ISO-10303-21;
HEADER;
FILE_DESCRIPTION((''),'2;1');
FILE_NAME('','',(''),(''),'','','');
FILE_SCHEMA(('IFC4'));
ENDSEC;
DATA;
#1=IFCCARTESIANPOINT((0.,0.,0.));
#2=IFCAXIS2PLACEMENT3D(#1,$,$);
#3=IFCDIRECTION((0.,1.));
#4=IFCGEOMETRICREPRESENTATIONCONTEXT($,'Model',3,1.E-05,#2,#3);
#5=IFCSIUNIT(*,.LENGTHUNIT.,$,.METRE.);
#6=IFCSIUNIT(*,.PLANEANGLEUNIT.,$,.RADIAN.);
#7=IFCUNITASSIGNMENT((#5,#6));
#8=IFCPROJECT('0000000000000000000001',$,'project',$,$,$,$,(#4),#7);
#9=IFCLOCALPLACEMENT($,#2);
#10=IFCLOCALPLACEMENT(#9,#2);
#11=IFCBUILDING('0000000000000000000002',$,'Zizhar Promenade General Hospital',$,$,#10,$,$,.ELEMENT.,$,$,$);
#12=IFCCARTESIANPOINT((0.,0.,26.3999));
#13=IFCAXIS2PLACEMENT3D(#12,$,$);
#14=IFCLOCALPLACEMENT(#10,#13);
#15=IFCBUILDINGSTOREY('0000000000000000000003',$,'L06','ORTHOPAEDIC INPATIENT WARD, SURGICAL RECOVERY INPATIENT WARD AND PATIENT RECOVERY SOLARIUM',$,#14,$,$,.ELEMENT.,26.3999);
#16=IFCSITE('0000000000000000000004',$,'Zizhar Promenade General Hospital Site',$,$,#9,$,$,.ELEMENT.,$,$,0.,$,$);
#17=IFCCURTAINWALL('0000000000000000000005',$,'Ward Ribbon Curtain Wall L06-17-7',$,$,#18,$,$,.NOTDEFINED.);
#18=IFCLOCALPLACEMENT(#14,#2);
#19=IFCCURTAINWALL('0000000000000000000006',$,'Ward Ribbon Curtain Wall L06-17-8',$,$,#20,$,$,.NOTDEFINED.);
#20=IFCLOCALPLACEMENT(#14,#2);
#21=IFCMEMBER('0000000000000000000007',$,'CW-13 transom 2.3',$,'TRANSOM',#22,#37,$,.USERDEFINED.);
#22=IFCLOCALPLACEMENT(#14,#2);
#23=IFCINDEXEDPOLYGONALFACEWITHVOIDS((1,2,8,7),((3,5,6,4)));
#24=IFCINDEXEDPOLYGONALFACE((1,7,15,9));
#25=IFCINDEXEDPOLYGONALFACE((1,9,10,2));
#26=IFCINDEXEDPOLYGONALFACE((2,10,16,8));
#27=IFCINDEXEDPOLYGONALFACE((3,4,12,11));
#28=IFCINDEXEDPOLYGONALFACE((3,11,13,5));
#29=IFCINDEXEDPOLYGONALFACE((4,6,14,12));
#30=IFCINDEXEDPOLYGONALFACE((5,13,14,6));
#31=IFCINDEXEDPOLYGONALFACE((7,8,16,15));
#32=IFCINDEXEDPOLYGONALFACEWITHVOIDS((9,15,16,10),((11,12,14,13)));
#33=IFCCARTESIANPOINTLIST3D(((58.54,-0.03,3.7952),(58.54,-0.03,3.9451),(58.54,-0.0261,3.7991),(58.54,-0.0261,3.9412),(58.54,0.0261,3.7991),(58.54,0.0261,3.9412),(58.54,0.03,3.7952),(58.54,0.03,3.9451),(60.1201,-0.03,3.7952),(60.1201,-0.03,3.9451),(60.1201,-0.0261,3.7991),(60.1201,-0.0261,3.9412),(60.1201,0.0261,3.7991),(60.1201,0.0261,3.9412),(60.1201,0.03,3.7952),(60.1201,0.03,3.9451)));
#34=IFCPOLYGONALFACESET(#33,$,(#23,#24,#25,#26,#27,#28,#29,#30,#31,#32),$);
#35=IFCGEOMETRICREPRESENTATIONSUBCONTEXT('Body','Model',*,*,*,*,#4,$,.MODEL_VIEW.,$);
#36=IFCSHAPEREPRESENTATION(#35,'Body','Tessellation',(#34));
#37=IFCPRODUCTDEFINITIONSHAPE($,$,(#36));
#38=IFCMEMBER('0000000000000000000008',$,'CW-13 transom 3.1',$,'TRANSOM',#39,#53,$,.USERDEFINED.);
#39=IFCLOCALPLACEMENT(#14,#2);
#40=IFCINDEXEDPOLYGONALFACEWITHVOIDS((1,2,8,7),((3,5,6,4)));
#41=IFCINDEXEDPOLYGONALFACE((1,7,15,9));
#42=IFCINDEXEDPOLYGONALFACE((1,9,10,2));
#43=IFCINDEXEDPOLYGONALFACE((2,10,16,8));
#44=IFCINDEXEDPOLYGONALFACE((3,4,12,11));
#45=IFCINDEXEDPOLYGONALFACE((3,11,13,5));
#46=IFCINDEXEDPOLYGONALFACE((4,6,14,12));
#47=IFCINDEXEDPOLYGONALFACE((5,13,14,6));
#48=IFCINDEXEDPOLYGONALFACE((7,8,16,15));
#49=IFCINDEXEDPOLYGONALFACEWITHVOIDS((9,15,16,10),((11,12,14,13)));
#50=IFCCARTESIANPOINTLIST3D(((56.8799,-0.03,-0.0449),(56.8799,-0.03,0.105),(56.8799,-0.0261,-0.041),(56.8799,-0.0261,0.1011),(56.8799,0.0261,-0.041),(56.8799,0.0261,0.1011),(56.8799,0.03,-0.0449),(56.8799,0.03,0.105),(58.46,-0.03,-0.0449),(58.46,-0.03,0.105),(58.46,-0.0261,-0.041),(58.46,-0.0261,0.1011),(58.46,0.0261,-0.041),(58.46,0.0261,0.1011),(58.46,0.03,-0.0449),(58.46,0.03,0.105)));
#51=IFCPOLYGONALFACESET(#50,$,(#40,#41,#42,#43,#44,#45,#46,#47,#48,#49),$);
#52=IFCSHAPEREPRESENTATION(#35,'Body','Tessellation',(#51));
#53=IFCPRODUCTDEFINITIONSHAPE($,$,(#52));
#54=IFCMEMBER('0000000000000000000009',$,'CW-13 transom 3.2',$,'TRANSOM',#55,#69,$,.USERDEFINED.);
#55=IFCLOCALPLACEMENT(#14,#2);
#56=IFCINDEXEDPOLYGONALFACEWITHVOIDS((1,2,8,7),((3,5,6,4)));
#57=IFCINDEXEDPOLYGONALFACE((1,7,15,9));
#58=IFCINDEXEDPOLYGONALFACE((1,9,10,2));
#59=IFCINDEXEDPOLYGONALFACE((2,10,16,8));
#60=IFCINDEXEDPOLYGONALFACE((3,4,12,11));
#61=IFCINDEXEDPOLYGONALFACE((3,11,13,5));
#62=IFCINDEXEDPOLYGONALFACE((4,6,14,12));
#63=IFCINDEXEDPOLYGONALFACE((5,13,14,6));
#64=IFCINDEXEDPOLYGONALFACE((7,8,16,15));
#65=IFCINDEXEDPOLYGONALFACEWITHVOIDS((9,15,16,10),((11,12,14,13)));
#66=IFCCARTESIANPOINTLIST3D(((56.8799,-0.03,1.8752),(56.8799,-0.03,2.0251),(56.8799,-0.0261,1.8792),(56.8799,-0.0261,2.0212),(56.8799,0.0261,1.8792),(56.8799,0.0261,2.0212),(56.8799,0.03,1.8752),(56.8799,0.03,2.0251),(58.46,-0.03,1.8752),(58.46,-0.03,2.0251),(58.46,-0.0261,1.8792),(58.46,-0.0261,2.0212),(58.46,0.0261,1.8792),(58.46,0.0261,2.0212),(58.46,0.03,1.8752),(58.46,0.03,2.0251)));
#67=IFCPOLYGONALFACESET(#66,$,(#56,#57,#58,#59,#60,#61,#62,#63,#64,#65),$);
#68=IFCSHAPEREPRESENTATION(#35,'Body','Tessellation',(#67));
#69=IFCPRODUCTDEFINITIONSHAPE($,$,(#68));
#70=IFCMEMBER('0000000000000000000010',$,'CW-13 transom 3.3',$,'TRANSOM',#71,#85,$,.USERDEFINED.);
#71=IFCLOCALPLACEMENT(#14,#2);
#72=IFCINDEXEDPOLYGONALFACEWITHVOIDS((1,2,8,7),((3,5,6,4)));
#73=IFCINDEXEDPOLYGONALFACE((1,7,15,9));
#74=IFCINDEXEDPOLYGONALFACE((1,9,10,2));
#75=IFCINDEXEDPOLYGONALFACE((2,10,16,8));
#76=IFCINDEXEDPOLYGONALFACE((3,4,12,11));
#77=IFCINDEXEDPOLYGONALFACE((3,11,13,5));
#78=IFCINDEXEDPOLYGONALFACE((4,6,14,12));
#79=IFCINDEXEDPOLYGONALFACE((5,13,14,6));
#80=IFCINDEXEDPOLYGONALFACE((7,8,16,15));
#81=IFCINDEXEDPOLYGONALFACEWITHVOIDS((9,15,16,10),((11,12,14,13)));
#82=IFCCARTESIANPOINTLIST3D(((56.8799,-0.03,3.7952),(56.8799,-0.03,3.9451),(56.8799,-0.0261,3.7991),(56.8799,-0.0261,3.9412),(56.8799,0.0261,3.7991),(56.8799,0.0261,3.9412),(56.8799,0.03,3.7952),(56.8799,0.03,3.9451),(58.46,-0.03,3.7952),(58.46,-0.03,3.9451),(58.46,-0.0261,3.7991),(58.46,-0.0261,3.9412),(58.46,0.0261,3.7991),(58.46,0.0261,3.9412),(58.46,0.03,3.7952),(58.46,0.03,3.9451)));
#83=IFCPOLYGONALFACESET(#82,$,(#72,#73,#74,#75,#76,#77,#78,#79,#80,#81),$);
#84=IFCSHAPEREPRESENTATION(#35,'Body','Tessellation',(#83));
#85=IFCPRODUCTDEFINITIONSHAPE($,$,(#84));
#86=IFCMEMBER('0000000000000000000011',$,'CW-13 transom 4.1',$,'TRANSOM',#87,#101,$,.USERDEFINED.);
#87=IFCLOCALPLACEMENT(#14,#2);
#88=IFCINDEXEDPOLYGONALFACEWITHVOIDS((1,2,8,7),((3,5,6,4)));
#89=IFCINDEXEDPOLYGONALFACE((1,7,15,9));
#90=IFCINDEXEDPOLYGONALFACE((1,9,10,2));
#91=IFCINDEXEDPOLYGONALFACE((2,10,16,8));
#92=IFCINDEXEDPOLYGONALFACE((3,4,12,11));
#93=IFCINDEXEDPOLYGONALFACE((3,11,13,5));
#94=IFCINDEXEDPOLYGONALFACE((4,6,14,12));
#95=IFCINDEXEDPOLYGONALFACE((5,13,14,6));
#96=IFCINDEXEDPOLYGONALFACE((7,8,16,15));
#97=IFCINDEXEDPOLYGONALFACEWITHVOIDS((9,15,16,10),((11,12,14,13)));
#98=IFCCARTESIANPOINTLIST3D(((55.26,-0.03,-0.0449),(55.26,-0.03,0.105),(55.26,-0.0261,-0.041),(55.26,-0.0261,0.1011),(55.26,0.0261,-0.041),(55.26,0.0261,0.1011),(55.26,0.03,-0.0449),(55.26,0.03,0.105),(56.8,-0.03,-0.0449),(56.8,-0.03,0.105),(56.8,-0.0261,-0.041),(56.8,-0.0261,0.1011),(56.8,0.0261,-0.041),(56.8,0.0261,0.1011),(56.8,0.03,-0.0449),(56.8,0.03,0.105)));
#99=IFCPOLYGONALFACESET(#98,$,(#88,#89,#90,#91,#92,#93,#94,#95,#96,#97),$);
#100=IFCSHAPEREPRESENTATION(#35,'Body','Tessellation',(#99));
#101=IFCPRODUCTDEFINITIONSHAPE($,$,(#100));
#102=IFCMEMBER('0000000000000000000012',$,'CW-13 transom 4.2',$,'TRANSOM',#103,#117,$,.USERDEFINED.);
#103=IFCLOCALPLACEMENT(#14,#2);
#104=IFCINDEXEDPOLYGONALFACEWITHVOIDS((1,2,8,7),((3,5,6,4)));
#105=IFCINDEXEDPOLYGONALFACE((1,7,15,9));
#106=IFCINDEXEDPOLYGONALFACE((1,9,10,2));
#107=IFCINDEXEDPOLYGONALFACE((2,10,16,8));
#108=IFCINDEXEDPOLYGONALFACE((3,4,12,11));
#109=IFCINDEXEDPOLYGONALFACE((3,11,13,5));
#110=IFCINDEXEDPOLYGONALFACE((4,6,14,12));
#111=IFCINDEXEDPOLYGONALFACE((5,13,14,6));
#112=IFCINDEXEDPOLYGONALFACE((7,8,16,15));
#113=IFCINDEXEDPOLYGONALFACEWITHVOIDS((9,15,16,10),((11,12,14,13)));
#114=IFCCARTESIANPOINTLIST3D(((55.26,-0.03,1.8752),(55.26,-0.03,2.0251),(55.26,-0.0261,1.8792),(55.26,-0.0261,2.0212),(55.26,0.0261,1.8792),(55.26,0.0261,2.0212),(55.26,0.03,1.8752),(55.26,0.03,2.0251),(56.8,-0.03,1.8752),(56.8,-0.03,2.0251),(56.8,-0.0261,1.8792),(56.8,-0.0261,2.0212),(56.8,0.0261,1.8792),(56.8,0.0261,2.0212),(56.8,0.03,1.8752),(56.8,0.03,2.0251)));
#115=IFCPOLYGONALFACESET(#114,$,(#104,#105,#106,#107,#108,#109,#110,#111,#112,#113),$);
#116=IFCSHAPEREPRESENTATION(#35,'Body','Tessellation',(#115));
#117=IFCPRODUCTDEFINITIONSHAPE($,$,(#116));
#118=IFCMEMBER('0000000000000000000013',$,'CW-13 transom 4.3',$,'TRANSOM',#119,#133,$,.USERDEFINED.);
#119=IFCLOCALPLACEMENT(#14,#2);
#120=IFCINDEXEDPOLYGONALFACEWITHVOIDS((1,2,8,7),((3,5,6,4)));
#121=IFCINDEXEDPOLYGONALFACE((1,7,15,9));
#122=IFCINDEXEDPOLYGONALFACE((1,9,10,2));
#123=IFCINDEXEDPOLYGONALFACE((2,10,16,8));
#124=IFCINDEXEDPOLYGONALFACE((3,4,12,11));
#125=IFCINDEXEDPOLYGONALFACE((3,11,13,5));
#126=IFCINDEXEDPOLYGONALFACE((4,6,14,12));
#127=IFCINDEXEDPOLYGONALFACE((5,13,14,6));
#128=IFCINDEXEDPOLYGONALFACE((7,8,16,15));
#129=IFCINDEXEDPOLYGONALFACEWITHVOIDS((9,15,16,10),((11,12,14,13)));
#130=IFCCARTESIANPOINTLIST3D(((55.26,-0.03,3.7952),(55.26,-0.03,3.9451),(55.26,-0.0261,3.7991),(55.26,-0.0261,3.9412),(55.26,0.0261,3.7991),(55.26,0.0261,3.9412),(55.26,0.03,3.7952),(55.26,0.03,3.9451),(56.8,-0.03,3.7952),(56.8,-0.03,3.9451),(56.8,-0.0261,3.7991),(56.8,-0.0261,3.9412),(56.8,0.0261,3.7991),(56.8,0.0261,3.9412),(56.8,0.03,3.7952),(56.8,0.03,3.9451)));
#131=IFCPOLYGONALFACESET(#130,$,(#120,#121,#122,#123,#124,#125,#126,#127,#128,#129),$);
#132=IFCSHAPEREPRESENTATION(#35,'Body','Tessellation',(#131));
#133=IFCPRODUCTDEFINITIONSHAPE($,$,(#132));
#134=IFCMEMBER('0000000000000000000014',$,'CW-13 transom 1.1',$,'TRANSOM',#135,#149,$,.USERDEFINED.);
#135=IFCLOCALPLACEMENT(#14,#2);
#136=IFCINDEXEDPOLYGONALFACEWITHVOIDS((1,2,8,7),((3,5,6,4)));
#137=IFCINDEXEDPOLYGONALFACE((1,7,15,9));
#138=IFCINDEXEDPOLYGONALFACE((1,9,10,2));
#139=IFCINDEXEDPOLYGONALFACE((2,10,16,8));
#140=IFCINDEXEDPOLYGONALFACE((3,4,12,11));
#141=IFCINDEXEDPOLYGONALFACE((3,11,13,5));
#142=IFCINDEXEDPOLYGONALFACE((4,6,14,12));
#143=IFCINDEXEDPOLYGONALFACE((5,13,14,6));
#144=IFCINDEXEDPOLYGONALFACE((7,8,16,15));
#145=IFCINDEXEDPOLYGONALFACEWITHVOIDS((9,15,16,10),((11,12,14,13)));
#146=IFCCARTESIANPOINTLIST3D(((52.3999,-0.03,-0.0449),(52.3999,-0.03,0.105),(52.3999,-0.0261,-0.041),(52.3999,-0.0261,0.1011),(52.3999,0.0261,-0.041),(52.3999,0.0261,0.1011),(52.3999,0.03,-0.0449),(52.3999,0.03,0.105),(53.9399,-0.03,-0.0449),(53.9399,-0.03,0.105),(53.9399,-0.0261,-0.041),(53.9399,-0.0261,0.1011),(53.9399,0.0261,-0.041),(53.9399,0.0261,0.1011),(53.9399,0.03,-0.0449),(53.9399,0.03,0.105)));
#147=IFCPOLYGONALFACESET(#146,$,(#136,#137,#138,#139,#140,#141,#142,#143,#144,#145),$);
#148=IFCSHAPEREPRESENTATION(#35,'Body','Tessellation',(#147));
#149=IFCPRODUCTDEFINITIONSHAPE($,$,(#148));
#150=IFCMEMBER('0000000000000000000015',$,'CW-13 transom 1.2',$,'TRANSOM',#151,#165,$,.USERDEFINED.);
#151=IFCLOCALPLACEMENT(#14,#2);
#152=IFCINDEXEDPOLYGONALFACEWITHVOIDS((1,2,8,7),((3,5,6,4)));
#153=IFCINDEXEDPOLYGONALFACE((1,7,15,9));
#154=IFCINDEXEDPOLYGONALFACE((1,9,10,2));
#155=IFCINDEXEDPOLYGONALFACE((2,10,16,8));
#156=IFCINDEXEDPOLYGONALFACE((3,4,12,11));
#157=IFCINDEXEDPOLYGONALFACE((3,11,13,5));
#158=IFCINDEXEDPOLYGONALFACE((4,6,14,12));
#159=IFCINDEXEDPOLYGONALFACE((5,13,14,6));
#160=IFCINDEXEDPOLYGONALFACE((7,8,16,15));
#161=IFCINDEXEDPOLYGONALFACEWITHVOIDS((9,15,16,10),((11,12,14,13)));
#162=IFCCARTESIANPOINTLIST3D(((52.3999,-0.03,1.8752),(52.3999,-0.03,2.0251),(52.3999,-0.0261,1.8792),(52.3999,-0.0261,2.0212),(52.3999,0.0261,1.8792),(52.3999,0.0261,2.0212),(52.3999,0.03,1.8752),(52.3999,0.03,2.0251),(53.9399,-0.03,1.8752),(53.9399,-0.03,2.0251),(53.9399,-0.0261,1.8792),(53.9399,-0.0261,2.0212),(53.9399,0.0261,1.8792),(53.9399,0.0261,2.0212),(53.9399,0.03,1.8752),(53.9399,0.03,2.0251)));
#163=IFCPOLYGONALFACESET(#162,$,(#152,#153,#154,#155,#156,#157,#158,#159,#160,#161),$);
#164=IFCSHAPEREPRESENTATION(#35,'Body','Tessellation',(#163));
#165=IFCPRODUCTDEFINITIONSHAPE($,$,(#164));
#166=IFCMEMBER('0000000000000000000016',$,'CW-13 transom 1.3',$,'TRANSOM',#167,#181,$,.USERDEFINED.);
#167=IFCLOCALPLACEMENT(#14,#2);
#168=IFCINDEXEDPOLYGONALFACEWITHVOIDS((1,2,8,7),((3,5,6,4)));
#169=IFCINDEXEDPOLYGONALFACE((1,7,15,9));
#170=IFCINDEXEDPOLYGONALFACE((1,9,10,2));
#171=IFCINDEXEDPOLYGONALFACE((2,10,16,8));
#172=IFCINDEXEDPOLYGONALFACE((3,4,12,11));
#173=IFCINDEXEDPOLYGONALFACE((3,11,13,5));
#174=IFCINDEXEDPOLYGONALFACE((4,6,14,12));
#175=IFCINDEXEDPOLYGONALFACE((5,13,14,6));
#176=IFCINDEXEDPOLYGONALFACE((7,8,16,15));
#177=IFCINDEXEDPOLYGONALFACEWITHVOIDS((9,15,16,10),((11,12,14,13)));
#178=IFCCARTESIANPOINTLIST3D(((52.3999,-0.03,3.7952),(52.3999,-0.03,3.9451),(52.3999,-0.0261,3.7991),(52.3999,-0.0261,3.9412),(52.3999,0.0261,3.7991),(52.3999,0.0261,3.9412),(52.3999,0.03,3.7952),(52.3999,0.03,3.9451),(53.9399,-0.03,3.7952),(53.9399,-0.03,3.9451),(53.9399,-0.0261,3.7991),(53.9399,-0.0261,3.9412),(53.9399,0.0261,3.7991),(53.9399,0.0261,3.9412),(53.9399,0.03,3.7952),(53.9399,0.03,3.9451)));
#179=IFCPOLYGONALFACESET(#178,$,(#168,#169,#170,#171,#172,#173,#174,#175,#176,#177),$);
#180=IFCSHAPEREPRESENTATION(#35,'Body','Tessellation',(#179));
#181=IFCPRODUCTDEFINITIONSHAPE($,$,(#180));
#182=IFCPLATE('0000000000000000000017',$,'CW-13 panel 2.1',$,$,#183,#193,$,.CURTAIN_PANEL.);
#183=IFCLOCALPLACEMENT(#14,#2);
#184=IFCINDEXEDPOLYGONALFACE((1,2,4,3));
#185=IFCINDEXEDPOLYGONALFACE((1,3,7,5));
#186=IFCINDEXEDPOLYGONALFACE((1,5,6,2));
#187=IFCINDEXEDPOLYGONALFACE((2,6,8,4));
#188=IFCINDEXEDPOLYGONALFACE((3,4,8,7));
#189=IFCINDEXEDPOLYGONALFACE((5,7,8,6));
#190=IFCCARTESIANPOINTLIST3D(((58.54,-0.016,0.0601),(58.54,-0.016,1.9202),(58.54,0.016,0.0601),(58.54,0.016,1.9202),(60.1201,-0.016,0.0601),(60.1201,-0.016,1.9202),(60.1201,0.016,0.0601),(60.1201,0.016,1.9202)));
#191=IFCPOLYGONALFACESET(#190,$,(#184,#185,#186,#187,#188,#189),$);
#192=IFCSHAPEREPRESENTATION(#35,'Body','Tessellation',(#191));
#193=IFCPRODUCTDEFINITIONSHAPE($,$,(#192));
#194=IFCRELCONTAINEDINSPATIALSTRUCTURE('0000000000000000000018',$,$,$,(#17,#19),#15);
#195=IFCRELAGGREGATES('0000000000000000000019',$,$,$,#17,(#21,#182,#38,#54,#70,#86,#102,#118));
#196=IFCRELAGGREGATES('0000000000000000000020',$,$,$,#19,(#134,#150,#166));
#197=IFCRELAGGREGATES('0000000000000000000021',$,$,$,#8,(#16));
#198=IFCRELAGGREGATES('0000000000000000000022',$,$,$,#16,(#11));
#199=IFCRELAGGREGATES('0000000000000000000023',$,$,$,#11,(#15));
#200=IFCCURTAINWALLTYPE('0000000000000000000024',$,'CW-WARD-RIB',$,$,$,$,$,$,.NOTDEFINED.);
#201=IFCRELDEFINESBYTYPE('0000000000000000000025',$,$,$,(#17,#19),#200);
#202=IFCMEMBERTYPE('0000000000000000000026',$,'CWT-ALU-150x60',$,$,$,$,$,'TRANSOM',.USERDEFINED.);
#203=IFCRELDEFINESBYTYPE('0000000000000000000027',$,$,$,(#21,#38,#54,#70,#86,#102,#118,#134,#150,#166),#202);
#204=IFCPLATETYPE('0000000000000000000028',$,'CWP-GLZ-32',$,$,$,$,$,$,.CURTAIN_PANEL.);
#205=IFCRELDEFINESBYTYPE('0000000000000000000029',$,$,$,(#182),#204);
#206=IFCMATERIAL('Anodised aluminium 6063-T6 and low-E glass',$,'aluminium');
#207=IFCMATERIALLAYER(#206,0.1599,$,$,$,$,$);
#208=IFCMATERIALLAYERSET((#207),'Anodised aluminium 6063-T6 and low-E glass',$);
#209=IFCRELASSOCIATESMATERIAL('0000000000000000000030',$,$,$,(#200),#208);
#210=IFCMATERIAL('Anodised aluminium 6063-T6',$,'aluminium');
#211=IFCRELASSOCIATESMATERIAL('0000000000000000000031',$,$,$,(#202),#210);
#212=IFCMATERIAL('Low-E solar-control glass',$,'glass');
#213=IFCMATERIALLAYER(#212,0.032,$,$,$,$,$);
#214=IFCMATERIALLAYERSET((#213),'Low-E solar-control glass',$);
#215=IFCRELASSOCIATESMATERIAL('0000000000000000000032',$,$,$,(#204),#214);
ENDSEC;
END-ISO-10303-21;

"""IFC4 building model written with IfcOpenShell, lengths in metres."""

from ifc_helpers import new_model, si_unit, direction, frame, origin, origin_2d, place, context, subcontext, project, spatial, rectangle, hollow_rectangle, extrude, material, layer, layer_set, material_profile, profile_set, type_object, element, aggregate, save


model = new_model("IFC4")

# Units and contexts
model_context = context("Model", 3, precision=1e-05, world=origin(), true_north=direction((0.0, 1.0)))
body_context = subcontext(model_context, "Body", "Model", "MODEL_VIEW")
ifc_project = project(units=[si_unit("LENGTHUNIT", "METRE"), si_unit("PLANEANGLEUNIT", "RADIAN")], contexts=[model_context])

# Site, building, storey
site_placement = place(None, origin())
site = spatial("IfcSite", under=ifc_project, at=site_placement, Name="Zizhar Promenade General Hospital Site", CompositionType="ELEMENT", RefElevation=0.0)
building_placement = place(site_placement, origin())
building = spatial("IfcBuilding", under=site, at=building_placement, Name="Zizhar Promenade General Hospital", CompositionType="ELEMENT")
storey_placement = place(building_placement, frame((0.0, 0.0, 26.3999)))
storey = spatial("IfcBuildingStorey", under=building, at=storey_placement, Name="L06", Description="ORTHOPAEDIC INPATIENT WARD, SURGICAL RECOVERY INPATIENT WARD AND PATIENT RECOVERY SOLARIUM", CompositionType="ELEMENT", Elevation=26.3999)

# Curtain wall
ifc_material_1 = material(Name="Anodised aluminium 6063-T6 and low-E glass", Category="aluminium")
ifc_layer_1 = layer(ifc_material_1, 0.1599)
ifc_layer_set_1 = layer_set([ifc_layer_1], Name="Anodised aluminium 6063-T6 and low-E glass")
curtain_wall_type = type_object("IfcCurtainWallType", Name="CW-WARD-RIB", PredefinedType="NOTDEFINED", material=ifc_layer_set_1)
curtain_wall_1_placement = place(storey_placement, origin())
curtain_wall_1 = element("IfcCurtainWall", 1, at=curtain_wall_1_placement, inside=storey, type_object=curtain_wall_type, Name="Ward Ribbon Curtain Wall L06-17-7", PredefinedType="NOTDEFINED")

# Curtain wall
curtain_wall_2_placement = place(storey_placement, origin())
curtain_wall_2 = element("IfcCurtainWall", 2, at=curtain_wall_2_placement, inside=storey, type_object=curtain_wall_type, Name="Ward Ribbon Curtain Wall L06-17-8", PredefinedType="NOTDEFINED")

# Members
ifc_material_2 = material(Name="Anodised aluminium 6063-T6", Category="aluminium")
ifc_material_profile_1 = material_profile(ifc_material_2, hollow_rectangle(XDim=0.0601, YDim=0.1499, WallThickness=0.0039, at=origin_2d()))
ifc_profile_set_1 = profile_set([ifc_material_profile_1], Name="Anodised aluminium 6063-T6")
member_type_1 = type_object("IfcMemberType", Name="CWT-ALU-150x60", ElementType="TRANSOM", PredefinedType="USERDEFINED", material=ifc_profile_set_1)
member_1_placement = place(storey_placement, frame((60.1201, 0.0, 3.8701), z_axis=(-1.0, 0.0, 0.0), x_axis=(0.0, -1.0, 0.0)))
member_1 = element("IfcMember", 3, at=member_1_placement, type_object=member_type_1, Name="CW-13 transom 2.3", ObjectType="TRANSOM", PredefinedType="USERDEFINED", context=body_context, shape_type="SweptSolid", body=[
    extrude(hollow_rectangle(XDim=0.0601, YDim=0.1499, WallThickness=0.0039, at=origin_2d()), origin(), (0.0, 0.0, 1.0), 1.5801),
])
member_2_placement = place(storey_placement, frame((58.46, 0.0, 0.03), z_axis=(-1.0, 0.0, 0.0), x_axis=(0.0, -1.0, 0.0)))
member_2 = element("IfcMember", 4, at=member_2_placement, type_object=member_type_1, Name="CW-13 transom 3.1", ObjectType="TRANSOM", PredefinedType="USERDEFINED", context=body_context, shape_type="SweptSolid", body=[
    extrude(hollow_rectangle(XDim=0.0601, YDim=0.1499, WallThickness=0.0039, at=origin_2d()), origin(), (0.0, 0.0, 1.0), 1.5801),
])
member_3_placement = place(storey_placement, frame((58.46, 0.0, 1.9502), z_axis=(-1.0, 0.0, 0.0), x_axis=(0.0, -1.0, 0.0)))
member_3 = element("IfcMember", 5, at=member_3_placement, type_object=member_type_1, Name="CW-13 transom 3.2", ObjectType="TRANSOM", PredefinedType="USERDEFINED", context=body_context, shape_type="SweptSolid", body=[
    extrude(hollow_rectangle(XDim=0.0601, YDim=0.1499, WallThickness=0.0039, at=origin_2d()), origin(), (0.0, 0.0, 1.0), 1.5801),
])
member_4_placement = place(storey_placement, frame((58.46, 0.0, 3.8701), z_axis=(-1.0, 0.0, 0.0), x_axis=(0.0, -1.0, 0.0)))
member_4 = element("IfcMember", 6, at=member_4_placement, type_object=member_type_1, Name="CW-13 transom 3.3", ObjectType="TRANSOM", PredefinedType="USERDEFINED", context=body_context, shape_type="SweptSolid", body=[
    extrude(hollow_rectangle(XDim=0.0601, YDim=0.1499, WallThickness=0.0039, at=origin_2d()), origin(), (0.0, 0.0, 1.0), 1.5801),
])
member_5_placement = place(storey_placement, frame((56.8, 0.0, 0.03), z_axis=(-1.0, 0.0, 0.0), x_axis=(0.0, -1.0, 0.0)))
member_5 = element("IfcMember", 7, at=member_5_placement, type_object=member_type_1, Name="CW-13 transom 4.1", ObjectType="TRANSOM", PredefinedType="USERDEFINED", context=body_context, shape_type="SweptSolid", body=[
    extrude(hollow_rectangle(XDim=0.0601, YDim=0.1499, WallThickness=0.0039, at=origin_2d()), origin(), (0.0, 0.0, 1.0), 1.54),
])
member_6_placement = place(storey_placement, frame((56.8, 0.0, 1.9502), z_axis=(-1.0, 0.0, 0.0), x_axis=(0.0, -1.0, 0.0)))
member_6 = element("IfcMember", 8, at=member_6_placement, type_object=member_type_1, Name="CW-13 transom 4.2", ObjectType="TRANSOM", PredefinedType="USERDEFINED", context=body_context, shape_type="SweptSolid", body=[
    extrude(hollow_rectangle(XDim=0.0601, YDim=0.1499, WallThickness=0.0039, at=origin_2d()), origin(), (0.0, 0.0, 1.0), 1.54),
])
member_7_placement = place(storey_placement, frame((56.8, 0.0, 3.8701), z_axis=(-1.0, 0.0, 0.0), x_axis=(0.0, -1.0, 0.0)))
member_7 = element("IfcMember", 9, at=member_7_placement, type_object=member_type_1, Name="CW-13 transom 4.3", ObjectType="TRANSOM", PredefinedType="USERDEFINED", context=body_context, shape_type="SweptSolid", body=[
    extrude(hollow_rectangle(XDim=0.0601, YDim=0.1499, WallThickness=0.0039, at=origin_2d()), origin(), (0.0, 0.0, 1.0), 1.54),
])
member_8_placement = place(storey_placement, frame((53.9399, 0.0, 0.03), z_axis=(-1.0, 0.0, 0.0), x_axis=(0.0, -1.0, 0.0)))
member_8 = element("IfcMember", 10, at=member_8_placement, type_object=member_type_1, Name="CW-13 transom 1.1", ObjectType="TRANSOM", PredefinedType="USERDEFINED", context=body_context, shape_type="SweptSolid", body=[
    extrude(hollow_rectangle(XDim=0.0601, YDim=0.1499, WallThickness=0.0039, at=origin_2d()), origin(), (0.0, 0.0, 1.0), 1.54),
])
member_9_placement = place(storey_placement, frame((53.9399, 0.0, 1.9502), z_axis=(-1.0, 0.0, 0.0), x_axis=(0.0, -1.0, 0.0)))
member_9 = element("IfcMember", 11, at=member_9_placement, type_object=member_type_1, Name="CW-13 transom 1.2", ObjectType="TRANSOM", PredefinedType="USERDEFINED", context=body_context, shape_type="SweptSolid", body=[
    extrude(hollow_rectangle(XDim=0.0601, YDim=0.1499, WallThickness=0.0039, at=origin_2d()), origin(), (0.0, 0.0, 1.0), 1.54),
])
member_10_placement = place(storey_placement, frame((53.9399, 0.0, 3.8701), z_axis=(-1.0, 0.0, 0.0), x_axis=(0.0, -1.0, 0.0)))
member_10 = element("IfcMember", 12, at=member_10_placement, type_object=member_type_1, Name="CW-13 transom 1.3", ObjectType="TRANSOM", PredefinedType="USERDEFINED", context=body_context, shape_type="SweptSolid", body=[
    extrude(hollow_rectangle(XDim=0.0601, YDim=0.1499, WallThickness=0.0039, at=origin_2d()), origin(), (0.0, 0.0, 1.0), 1.54),
])

# Plate
ifc_material_3 = material(Name="Low-E solar-control glass", Category="glass")
ifc_layer_2 = layer(ifc_material_3, 0.032)
ifc_layer_set_2 = layer_set([ifc_layer_2], Name="Low-E solar-control glass")
plate_type = type_object("IfcPlateType", Name="CWP-GLZ-32", PredefinedType="CURTAIN_PANEL", material=ifc_layer_set_2)
plate_1_placement = place(storey_placement, frame((59.3301, 0.0, 0.0601), z_axis=(0.0, 0.0, 1.0), x_axis=(-1.0, 0.0, 0.0)))
plate_1 = element("IfcPlate", 13, at=plate_1_placement, type_object=plate_type, Name="CW-13 panel 2.1", PredefinedType="CURTAIN_PANEL", context=body_context, shape_type="SweptSolid", body=[
    extrude(rectangle(XDim=1.5801, YDim=0.032, at=origin_2d()), origin(), (0.0, 0.0, 1.0), 1.8601),
])
aggregate(curtain_wall_1, [member_1, plate_1, member_2, member_3, member_4, member_5, member_6, member_7])
aggregate(curtain_wall_2, [member_8, member_9, member_10])

save(model, "model.ifc")
